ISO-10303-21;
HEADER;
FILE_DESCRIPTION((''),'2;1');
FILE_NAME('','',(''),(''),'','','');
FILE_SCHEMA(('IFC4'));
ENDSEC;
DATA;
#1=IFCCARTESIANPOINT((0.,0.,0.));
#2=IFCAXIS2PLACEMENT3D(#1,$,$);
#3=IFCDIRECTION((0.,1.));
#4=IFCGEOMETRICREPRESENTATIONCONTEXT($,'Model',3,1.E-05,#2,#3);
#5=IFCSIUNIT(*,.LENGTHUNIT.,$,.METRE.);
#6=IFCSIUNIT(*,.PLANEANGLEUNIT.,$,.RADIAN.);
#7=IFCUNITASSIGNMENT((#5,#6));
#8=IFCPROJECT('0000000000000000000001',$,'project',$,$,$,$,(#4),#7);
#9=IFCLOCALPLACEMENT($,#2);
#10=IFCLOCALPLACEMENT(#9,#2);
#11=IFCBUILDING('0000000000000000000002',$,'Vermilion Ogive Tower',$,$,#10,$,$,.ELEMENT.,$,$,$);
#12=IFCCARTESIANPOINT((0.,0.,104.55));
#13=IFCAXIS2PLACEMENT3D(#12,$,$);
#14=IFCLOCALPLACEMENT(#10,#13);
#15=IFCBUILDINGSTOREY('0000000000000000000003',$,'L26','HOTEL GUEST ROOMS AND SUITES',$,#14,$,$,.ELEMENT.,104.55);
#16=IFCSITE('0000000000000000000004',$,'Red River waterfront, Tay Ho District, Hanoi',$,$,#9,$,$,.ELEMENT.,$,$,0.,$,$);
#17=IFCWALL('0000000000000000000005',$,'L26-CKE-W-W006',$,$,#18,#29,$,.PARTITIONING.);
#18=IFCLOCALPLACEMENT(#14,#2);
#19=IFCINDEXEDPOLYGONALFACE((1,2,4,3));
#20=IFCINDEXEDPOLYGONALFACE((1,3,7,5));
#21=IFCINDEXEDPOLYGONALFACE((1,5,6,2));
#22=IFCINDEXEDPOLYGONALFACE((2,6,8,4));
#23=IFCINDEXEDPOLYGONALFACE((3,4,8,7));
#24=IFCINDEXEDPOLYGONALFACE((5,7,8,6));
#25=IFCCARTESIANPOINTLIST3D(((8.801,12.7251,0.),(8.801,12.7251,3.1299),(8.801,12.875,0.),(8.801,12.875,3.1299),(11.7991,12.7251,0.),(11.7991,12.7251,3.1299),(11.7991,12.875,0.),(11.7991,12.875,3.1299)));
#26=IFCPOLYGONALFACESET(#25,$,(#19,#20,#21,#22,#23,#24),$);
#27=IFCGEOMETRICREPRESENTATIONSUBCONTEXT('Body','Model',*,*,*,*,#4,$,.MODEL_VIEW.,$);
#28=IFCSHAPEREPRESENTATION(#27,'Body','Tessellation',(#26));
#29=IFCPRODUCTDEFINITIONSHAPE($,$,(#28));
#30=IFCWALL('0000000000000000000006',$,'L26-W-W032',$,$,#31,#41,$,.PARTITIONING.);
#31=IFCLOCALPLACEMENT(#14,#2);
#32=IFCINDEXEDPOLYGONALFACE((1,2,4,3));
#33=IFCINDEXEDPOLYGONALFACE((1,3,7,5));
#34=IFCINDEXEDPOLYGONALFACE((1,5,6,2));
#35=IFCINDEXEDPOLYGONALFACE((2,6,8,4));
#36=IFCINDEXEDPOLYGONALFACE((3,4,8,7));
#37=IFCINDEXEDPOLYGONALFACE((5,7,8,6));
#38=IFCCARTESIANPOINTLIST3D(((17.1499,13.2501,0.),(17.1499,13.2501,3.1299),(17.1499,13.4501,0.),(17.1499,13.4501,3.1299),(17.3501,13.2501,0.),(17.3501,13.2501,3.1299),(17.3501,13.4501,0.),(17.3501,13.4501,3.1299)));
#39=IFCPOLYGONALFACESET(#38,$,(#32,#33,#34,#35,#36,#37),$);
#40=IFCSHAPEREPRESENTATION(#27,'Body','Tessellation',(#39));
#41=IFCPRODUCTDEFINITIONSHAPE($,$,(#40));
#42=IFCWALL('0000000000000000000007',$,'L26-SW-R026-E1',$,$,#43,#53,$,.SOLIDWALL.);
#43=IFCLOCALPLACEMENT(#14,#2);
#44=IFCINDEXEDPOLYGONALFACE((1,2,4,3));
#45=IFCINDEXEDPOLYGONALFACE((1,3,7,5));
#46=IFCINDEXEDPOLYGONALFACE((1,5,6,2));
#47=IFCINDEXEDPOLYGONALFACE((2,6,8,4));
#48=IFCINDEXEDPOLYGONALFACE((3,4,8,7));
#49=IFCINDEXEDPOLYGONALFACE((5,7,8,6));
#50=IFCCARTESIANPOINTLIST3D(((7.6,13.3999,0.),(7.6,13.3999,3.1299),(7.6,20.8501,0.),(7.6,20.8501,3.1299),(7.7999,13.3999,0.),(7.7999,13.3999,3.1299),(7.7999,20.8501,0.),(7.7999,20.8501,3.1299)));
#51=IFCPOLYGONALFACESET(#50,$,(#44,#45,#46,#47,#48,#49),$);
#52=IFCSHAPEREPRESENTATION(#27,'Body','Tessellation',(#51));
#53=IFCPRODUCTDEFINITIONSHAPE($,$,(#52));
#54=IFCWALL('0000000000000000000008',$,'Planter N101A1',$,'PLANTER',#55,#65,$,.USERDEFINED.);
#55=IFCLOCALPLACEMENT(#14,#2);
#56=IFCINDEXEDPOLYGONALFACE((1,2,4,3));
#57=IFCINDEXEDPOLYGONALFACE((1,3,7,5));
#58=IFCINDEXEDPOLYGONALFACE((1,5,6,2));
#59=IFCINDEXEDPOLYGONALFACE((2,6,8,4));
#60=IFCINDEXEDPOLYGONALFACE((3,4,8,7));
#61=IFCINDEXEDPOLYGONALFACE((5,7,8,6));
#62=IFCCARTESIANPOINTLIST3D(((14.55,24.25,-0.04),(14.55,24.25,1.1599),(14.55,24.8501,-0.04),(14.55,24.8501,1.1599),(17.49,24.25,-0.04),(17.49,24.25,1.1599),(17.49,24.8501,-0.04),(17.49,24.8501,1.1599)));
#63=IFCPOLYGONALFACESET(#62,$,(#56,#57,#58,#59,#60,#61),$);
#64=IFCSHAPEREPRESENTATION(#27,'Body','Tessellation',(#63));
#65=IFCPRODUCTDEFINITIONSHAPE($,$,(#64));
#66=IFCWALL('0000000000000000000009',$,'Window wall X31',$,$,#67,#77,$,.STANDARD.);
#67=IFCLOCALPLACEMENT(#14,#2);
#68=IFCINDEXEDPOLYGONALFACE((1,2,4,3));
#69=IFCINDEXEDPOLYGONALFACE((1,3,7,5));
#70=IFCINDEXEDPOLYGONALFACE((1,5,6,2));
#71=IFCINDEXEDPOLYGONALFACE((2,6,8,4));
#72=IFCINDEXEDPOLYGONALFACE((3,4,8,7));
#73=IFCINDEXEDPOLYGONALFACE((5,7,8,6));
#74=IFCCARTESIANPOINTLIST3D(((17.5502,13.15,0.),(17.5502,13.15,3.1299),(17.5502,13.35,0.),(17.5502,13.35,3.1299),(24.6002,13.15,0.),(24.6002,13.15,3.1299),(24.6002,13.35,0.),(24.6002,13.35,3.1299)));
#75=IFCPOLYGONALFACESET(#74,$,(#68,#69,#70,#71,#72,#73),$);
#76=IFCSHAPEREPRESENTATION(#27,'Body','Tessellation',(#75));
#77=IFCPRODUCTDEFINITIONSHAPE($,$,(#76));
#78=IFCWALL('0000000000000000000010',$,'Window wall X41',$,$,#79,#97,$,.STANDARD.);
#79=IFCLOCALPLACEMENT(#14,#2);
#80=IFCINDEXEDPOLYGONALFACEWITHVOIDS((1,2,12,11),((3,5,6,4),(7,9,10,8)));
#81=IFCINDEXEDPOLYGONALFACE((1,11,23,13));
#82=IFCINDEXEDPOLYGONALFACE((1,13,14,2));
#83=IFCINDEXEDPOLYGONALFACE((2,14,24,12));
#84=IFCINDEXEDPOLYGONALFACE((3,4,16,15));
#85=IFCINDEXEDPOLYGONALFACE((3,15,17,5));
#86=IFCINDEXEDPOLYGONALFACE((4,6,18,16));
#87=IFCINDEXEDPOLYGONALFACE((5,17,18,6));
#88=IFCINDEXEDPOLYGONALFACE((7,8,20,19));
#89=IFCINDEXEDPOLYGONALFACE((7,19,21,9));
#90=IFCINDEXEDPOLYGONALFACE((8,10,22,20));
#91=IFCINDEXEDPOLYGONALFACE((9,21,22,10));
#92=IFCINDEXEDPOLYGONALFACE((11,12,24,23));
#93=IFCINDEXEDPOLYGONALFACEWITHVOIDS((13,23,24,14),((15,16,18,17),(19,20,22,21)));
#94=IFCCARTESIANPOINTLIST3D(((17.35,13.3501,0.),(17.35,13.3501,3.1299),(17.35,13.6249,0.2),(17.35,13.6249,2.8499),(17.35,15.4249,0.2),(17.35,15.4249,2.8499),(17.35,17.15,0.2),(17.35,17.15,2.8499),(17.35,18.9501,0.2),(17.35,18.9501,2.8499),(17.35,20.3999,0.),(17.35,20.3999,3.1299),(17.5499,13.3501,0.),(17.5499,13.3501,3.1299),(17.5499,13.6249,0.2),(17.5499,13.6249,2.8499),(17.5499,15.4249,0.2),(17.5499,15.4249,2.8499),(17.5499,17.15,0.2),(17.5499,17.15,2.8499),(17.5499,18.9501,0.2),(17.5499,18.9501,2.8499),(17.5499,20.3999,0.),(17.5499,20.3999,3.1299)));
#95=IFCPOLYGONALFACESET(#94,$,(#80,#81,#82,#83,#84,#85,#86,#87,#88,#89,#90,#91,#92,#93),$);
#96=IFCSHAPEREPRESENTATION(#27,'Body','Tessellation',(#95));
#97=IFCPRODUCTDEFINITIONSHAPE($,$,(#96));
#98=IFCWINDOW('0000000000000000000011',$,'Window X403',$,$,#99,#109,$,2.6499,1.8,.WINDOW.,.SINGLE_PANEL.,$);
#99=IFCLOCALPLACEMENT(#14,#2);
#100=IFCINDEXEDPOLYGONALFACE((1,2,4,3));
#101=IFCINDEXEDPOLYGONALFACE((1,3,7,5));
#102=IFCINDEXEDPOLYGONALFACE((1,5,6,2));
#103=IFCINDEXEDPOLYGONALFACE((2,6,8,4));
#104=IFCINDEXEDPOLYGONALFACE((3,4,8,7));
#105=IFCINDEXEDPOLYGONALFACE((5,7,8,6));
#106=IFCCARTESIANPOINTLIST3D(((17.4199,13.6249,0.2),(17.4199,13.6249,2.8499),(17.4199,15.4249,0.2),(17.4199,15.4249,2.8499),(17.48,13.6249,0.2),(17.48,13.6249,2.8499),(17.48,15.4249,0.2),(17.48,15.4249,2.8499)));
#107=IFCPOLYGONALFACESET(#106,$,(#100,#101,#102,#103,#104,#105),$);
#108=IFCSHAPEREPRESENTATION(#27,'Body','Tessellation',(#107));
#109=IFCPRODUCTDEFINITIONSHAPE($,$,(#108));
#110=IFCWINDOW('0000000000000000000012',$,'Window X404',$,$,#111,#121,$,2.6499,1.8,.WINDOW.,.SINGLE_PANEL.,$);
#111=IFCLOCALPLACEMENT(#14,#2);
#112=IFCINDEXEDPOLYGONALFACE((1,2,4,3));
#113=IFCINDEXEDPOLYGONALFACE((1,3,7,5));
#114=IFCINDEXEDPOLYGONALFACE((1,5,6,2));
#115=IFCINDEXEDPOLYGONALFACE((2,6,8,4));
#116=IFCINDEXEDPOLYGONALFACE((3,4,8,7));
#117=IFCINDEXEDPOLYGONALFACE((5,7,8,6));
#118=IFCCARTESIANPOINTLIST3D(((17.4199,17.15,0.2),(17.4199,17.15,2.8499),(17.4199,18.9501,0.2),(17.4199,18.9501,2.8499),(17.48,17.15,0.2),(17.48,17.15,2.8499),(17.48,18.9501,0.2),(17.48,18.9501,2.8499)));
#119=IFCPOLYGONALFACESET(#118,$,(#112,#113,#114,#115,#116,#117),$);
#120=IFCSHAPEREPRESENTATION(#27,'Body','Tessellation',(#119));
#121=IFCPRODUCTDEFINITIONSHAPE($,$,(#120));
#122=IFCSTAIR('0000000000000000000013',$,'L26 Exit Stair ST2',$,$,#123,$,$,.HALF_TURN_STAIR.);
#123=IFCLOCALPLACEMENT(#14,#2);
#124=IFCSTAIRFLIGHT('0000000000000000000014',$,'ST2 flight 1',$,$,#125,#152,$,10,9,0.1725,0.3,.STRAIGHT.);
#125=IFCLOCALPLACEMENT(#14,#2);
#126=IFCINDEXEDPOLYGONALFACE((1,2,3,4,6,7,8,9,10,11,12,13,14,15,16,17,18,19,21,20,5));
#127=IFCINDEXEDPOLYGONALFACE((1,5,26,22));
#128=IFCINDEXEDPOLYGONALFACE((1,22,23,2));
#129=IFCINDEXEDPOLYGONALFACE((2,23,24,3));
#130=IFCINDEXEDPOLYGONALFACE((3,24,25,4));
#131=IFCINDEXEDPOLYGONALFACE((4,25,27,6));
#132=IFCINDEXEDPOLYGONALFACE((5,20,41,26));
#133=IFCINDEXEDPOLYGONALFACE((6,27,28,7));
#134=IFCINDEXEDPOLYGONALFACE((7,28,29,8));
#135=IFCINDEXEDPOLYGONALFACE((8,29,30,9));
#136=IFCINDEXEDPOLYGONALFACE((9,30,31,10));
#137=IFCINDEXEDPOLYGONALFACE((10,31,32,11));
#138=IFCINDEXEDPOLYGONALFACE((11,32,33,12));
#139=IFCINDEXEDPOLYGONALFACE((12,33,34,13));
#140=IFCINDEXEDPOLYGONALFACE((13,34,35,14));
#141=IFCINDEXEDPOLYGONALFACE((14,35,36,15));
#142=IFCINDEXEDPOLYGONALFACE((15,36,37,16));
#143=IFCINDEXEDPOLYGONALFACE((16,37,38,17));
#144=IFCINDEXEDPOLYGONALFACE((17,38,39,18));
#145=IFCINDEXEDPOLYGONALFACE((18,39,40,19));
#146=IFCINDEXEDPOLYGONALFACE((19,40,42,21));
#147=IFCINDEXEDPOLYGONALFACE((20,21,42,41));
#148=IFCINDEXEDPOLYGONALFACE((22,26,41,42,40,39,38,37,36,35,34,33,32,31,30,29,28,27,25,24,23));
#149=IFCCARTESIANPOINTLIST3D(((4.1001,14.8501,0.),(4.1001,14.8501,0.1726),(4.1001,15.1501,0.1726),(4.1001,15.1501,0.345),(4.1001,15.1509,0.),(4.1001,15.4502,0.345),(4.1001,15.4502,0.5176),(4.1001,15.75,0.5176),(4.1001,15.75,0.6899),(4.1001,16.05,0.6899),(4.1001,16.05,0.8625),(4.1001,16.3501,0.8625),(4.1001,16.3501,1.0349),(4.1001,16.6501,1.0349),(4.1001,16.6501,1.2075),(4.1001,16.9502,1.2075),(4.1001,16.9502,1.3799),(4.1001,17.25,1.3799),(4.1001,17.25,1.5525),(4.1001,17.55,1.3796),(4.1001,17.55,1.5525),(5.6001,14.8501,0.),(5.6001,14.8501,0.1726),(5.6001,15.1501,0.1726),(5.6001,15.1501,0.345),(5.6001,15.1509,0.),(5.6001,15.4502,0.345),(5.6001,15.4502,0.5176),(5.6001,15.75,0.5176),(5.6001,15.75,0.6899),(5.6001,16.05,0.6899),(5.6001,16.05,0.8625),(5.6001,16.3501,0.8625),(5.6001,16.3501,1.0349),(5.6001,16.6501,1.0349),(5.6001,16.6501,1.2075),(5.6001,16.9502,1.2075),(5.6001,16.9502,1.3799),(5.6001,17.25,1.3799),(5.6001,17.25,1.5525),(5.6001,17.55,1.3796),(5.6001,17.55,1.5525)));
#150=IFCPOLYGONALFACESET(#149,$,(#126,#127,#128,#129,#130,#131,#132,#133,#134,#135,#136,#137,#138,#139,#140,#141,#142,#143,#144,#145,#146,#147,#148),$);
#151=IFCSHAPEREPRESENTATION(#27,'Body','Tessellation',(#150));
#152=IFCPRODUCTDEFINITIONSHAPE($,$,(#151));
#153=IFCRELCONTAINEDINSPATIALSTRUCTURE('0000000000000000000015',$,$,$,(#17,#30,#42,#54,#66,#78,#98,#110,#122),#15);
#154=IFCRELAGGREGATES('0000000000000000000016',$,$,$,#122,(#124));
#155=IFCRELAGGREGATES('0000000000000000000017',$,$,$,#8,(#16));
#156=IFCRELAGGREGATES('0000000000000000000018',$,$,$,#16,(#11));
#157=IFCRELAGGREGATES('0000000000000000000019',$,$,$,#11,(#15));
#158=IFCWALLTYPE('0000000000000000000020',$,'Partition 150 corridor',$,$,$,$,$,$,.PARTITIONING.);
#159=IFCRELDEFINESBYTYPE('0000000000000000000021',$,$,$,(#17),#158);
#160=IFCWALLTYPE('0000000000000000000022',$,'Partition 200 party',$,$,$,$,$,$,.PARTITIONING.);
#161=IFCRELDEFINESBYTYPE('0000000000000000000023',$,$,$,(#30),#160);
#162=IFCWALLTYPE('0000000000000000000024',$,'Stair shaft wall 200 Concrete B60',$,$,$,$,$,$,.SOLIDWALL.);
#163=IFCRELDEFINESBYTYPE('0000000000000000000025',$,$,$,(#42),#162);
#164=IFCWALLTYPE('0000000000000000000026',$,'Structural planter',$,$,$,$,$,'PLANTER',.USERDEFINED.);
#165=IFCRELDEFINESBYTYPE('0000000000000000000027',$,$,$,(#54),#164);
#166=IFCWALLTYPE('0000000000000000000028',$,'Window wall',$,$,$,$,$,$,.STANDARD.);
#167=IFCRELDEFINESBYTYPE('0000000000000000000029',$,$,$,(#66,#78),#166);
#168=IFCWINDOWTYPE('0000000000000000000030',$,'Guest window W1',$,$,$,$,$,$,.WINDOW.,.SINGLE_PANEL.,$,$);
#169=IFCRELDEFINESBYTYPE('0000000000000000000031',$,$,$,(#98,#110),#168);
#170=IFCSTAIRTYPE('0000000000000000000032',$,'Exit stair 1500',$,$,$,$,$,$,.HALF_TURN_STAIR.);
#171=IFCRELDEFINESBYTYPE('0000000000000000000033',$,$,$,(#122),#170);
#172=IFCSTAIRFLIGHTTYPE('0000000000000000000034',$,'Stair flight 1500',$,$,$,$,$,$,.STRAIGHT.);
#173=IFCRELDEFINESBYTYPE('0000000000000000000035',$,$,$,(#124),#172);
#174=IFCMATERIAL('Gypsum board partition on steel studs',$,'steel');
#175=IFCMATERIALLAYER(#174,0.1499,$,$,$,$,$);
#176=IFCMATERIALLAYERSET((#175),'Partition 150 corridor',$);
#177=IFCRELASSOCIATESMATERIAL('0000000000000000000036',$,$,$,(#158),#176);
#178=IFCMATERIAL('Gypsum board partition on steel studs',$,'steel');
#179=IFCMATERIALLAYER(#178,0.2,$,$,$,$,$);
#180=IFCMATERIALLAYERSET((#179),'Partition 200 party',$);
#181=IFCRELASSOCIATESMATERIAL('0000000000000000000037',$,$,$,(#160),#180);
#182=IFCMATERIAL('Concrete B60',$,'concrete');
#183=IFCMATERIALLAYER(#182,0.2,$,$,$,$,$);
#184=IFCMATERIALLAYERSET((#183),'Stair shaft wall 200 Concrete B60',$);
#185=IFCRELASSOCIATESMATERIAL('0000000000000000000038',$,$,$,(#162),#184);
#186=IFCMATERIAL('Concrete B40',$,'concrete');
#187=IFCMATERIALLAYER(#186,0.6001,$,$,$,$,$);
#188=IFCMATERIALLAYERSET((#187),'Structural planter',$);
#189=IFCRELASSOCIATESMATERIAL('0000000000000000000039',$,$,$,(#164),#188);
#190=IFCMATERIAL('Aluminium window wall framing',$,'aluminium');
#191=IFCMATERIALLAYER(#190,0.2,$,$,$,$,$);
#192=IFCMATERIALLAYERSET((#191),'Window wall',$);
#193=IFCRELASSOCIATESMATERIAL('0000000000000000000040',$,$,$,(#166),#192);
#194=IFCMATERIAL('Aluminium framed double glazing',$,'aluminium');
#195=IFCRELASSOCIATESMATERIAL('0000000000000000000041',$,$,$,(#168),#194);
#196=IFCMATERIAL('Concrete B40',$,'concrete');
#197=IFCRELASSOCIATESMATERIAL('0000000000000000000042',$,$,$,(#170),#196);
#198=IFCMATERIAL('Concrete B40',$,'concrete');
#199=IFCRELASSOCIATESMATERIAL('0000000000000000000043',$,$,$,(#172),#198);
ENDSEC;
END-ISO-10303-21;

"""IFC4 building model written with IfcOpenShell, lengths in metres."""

from ifc_helpers import new_model, si_unit, direction, frame, frame_2d, origin, place, context, subcontext, project, spatial, polyline, rectangle, outline, extrude, material, layer, layer_set, type_object, element, fill, aggregate, save


model = new_model("IFC4")

# Units and contexts
model_context = context("Model", 3, precision=1e-05, world=origin(), true_north=direction((0.0, 1.0)))
body_context = subcontext(model_context, "Body", "Model", "MODEL_VIEW")
ifc_project = project(units=[si_unit("LENGTHUNIT", "METRE"), si_unit("PLANEANGLEUNIT", "RADIAN")], contexts=[model_context])

# Site, building, storey
site_placement = place(None, origin())
site = spatial("IfcSite", under=ifc_project, at=site_placement, Name="Red River waterfront, Tay Ho District, Hanoi", CompositionType="ELEMENT", RefElevation=0.0)
building_placement = place(site_placement, origin())
building = spatial("IfcBuilding", under=site, at=building_placement, Name="Vermilion Ogive Tower", CompositionType="ELEMENT")
storey_placement = place(building_placement, frame((0.0, 0.0, 104.55)))
storey = spatial("IfcBuildingStorey", under=building, at=storey_placement, Name="L26", Description="HOTEL GUEST ROOMS AND SUITES", CompositionType="ELEMENT", Elevation=104.55)

# Shared definitions
ifc_material_1 = material(Name="Gypsum board partition on steel studs", Category="steel")
ifc_layer_1 = layer(ifc_material_1, 0.1499)
ifc_layer_set_1 = layer_set([ifc_layer_1], Name="Partition 150 corridor")
wall_type_1 = type_object("IfcWallType", Name="Partition 150 corridor", PredefinedType="PARTITIONING", material=ifc_layer_set_1)

# Walls
wall_1_placement = place(storey_placement, frame((8.801, 12.8, 0.0), z_axis=(0.0, 0.0, 1.0), x_axis=(1.0, 0.0, 0.0)))
element("IfcWall", 1, at=wall_1_placement, inside=storey, type_object=wall_type_1, Name="L26-CKE-W-W006", PredefinedType="PARTITIONING", context=body_context, shape_type="SweptSolid", body=[
    extrude(rectangle(XDim=2.998, YDim=0.1499, at=frame_2d((1.499, 0.0))), origin(), (0.0, 0.0, 1.0), 3.1299),
])
ifc_material_2 = material(Name="Gypsum board partition on steel studs", Category="steel")
ifc_layer_2 = layer(ifc_material_2, 0.2)
ifc_layer_set_2 = layer_set([ifc_layer_2], Name="Partition 200 party")
wall_type_2 = type_object("IfcWallType", Name="Partition 200 party", PredefinedType="PARTITIONING", material=ifc_layer_set_2)
wall_2_placement = place(storey_placement, frame((17.1499, 13.3501, 0.0), z_axis=(0.0, 0.0, 1.0), x_axis=(1.0, 0.0, 0.0)))
element("IfcWall", 2, at=wall_2_placement, inside=storey, type_object=wall_type_2, Name="L26-W-W032", PredefinedType="PARTITIONING", context=body_context, shape_type="SweptSolid", body=[
    extrude(rectangle(XDim=0.2002, YDim=0.2, at=frame_2d((0.1001, 0.0))), origin(), (0.0, 0.0, 1.0), 3.1299),
])
ifc_material_3 = material(Name="Concrete B60", Category="concrete")
ifc_layer_3 = layer(ifc_material_3, 0.2)
ifc_layer_set_3 = layer_set([ifc_layer_3], Name="Stair shaft wall 200 Concrete B60")
wall_type_3 = type_object("IfcWallType", Name="Stair shaft wall 200 Concrete B60", PredefinedType="SOLIDWALL", material=ifc_layer_set_3)
wall_3_placement = place(storey_placement, frame((7.7, 13.3999, 0.0), z_axis=(0.0, 0.0, 1.0), x_axis=(0.0, 1.0, 0.0)))
element("IfcWall", 3, at=wall_3_placement, inside=storey, type_object=wall_type_3, Name="L26-SW-R026-E1", PredefinedType="SOLIDWALL", context=body_context, shape_type="SweptSolid", body=[
    extrude(rectangle(XDim=7.4502, YDim=0.2, at=frame_2d((3.7251, 0.0))), origin(), (0.0, 0.0, 1.0), 3.1299),
])
ifc_material_4 = material(Name="Concrete B40", Category="concrete")
ifc_layer_4 = layer(ifc_material_4, 0.6001)
ifc_layer_set_4 = layer_set([ifc_layer_4], Name="Structural planter")
wall_type_4 = type_object("IfcWallType", Name="Structural planter", ElementType="PLANTER", PredefinedType="USERDEFINED", material=ifc_layer_set_4)
wall_4_placement = place(storey_placement, frame((17.49, 24.55, -0.04), z_axis=(0.0, 0.0, 1.0), x_axis=(-1.0, 0.0, 0.0)))
element("IfcWall", 4, at=wall_4_placement, inside=storey, type_object=wall_type_4, Name="Planter N101A1", ObjectType="PLANTER", PredefinedType="USERDEFINED", context=body_context, shape_type="SweptSolid", body=[
    extrude(rectangle(XDim=2.9399, YDim=0.6001, at=frame_2d((1.47, 0.0))), origin(), (0.0, 0.0, 1.0), 1.2),
])
ifc_material_5 = material(Name="Aluminium window wall framing", Category="aluminium")
ifc_layer_5 = layer(ifc_material_5, 0.2)
ifc_layer_set_5 = layer_set([ifc_layer_5], Name="Window wall")
wall_type_5 = type_object("IfcWallType", Name="Window wall", PredefinedType="STANDARD", material=ifc_layer_set_5)
wall_5_placement = place(storey_placement, frame((24.6001, 13.25, 0.0), z_axis=(0.0, 0.0, 1.0), x_axis=(-1.0, 0.0, 0.0)))
element("IfcWall", 5, at=wall_5_placement, inside=storey, type_object=wall_type_5, Name="Window wall X31", PredefinedType="STANDARD", context=body_context, shape_type="SweptSolid", body=[
    extrude(rectangle(XDim=7.05, YDim=0.2, at=frame_2d((3.5249, 0.0))), origin(), (0.0, 0.0, 1.0), 3.1299),
])

# Wall, openings, windows
wall_6_placement = place(storey_placement, frame((17.45, 13.3501, 0.0), z_axis=(0.0, 0.0, 1.0), x_axis=(0.0, 1.0, 0.0)))
wall_6 = element("IfcWall", 6, at=wall_6_placement, inside=storey, type_object=wall_type_5, Name="Window wall X41", PredefinedType="STANDARD", context=body_context, shape_type="SweptSolid", body=[
    extrude(rectangle(XDim=7.0498, YDim=0.2, at=frame_2d((3.5249, 0.0))), origin(), (0.0, 0.0, 1.0), 3.1299),
])
opening_1_placement = place(wall_6_placement, frame((0.2749, 0.0, 0.2)))
opening_1 = element("IfcOpeningElement", 7, at=opening_1_placement, cuts=wall_6, PredefinedType="OPENING", context=body_context, shape_type="SweptSolid", body=[
    extrude(rectangle(XDim=1.8, YDim=2.6499, at=frame_2d((0.8999, 1.325))), frame((0.0, 0.1099, 0.0), z_axis=(0.0, -1.0, 0.0), x_axis=(1.0, 0.0, 0.0)), (0.0, 0.0, 1.0), 0.22),
])
opening_2_placement = place(wall_6_placement, frame((3.8, 0.0, 0.2)))
opening_2 = element("IfcOpeningElement", 8, at=opening_2_placement, cuts=wall_6, PredefinedType="OPENING", context=body_context, shape_type="SweptSolid", body=[
    extrude(rectangle(XDim=1.8, YDim=2.6499, at=frame_2d((0.8999, 1.325))), frame((0.0, 0.1099, 0.0), z_axis=(0.0, -1.0, 0.0), x_axis=(1.0, 0.0, 0.0)), (0.0, 0.0, 1.0), 0.22),
])
ifc_material_6 = material(Name="Aluminium framed double glazing", Category="aluminium")
window_type = type_object("IfcWindowType", Name="Guest window W1", PartitioningType="SINGLE_PANEL", PredefinedType="WINDOW", material=ifc_material_6)
window_1_placement = place(opening_1_placement, origin())
window_1 = element("IfcWindow", 9, at=window_1_placement, inside=storey, type_object=window_type, Name="Window X403", OverallHeight=2.6499, OverallWidth=1.8, PartitioningType="SINGLE_PANEL", PredefinedType="WINDOW", context=body_context, shape_type="SweptSolid", body=[
    extrude(rectangle(XDim=1.8, YDim=2.6499, at=frame_2d((0.8999, 1.325))), frame((0.0, 0.03, 0.0), z_axis=(0.0, -1.0, 0.0), x_axis=(1.0, 0.0, 0.0)), (0.0, 0.0, 1.0), 0.0601),
])
fill(opening_1, window_1)
window_2_placement = place(opening_2_placement, origin())
window_2 = element("IfcWindow", 10, at=window_2_placement, inside=storey, type_object=window_type, Name="Window X404", OverallHeight=2.6499, OverallWidth=1.8, PartitioningType="SINGLE_PANEL", PredefinedType="WINDOW", context=body_context, shape_type="SweptSolid", body=[
    extrude(rectangle(XDim=1.8, YDim=2.6499, at=frame_2d((0.8999, 1.325))), frame((0.0, 0.03, 0.0), z_axis=(0.0, -1.0, 0.0), x_axis=(1.0, 0.0, 0.0)), (0.0, 0.0, 1.0), 0.0601),
])
fill(opening_2, window_2)

# Stair, stair flight
ifc_material_7 = material(Name="Concrete B40", Category="concrete")
stair_type = type_object("IfcStairType", Name="Exit stair 1500", PredefinedType="HALF_TURN_STAIR", material=ifc_material_7)
stair_placement = place(storey_placement, origin())
stair = element("IfcStair", 11, at=stair_placement, inside=storey, type_object=stair_type, Name="L26 Exit Stair ST2", PredefinedType="HALF_TURN_STAIR")
ifc_material_8 = material(Name="Concrete B40", Category="concrete")
stair_flight_type = type_object("IfcStairFlightType", Name="Stair flight 1500", PredefinedType="STRAIGHT", material=ifc_material_8)
stair_flight_1_placement = place(storey_placement, frame((4.8501, 14.8501, 0.0), z_axis=(0.0, 0.0, 1.0), x_axis=(0.0, 1.0, 0.0)))
stair_flight_1 = element("IfcStairFlight", 12, at=stair_flight_1_placement, type_object=stair_flight_type, Name="ST2 flight 1", NumberOfRisers=10, NumberOfTreads=9, PredefinedType="STRAIGHT", RiserHeight=0.1725, TreadLength=0.3, context=body_context, shape_type="SweptSolid", body=[
    extrude(outline(polyline([(0.0, 0.0), (0.0, 0.1726), (0.3, 0.1726), (0.3, 0.345), (0.6001, 0.345), (0.6001, 0.5176), (0.8999, 0.5176), (0.8999, 0.6899), (1.2, 0.6899), (1.2, 0.8625), (1.5, 0.8625), (1.5, 1.0349), (1.8, 1.0349), (1.8, 1.2075), (2.1001, 1.2075), (2.1001, 1.3799), (2.3999, 1.3799), (2.3999, 1.5525), (2.7, 1.5525), (2.7, 1.7251), (2.7, 1.3796), (0.3008, 0.0), (0.0, 0.0)])), frame((0.0, 0.75, 0.0), z_axis=(0.0, -1.0, 0.0), x_axis=(1.0, 0.0, 0.0)), (0.0, 0.0, 1.0), 1.5),
])
aggregate(stair, [stair_flight_1])

save(model, "model.ifc")
